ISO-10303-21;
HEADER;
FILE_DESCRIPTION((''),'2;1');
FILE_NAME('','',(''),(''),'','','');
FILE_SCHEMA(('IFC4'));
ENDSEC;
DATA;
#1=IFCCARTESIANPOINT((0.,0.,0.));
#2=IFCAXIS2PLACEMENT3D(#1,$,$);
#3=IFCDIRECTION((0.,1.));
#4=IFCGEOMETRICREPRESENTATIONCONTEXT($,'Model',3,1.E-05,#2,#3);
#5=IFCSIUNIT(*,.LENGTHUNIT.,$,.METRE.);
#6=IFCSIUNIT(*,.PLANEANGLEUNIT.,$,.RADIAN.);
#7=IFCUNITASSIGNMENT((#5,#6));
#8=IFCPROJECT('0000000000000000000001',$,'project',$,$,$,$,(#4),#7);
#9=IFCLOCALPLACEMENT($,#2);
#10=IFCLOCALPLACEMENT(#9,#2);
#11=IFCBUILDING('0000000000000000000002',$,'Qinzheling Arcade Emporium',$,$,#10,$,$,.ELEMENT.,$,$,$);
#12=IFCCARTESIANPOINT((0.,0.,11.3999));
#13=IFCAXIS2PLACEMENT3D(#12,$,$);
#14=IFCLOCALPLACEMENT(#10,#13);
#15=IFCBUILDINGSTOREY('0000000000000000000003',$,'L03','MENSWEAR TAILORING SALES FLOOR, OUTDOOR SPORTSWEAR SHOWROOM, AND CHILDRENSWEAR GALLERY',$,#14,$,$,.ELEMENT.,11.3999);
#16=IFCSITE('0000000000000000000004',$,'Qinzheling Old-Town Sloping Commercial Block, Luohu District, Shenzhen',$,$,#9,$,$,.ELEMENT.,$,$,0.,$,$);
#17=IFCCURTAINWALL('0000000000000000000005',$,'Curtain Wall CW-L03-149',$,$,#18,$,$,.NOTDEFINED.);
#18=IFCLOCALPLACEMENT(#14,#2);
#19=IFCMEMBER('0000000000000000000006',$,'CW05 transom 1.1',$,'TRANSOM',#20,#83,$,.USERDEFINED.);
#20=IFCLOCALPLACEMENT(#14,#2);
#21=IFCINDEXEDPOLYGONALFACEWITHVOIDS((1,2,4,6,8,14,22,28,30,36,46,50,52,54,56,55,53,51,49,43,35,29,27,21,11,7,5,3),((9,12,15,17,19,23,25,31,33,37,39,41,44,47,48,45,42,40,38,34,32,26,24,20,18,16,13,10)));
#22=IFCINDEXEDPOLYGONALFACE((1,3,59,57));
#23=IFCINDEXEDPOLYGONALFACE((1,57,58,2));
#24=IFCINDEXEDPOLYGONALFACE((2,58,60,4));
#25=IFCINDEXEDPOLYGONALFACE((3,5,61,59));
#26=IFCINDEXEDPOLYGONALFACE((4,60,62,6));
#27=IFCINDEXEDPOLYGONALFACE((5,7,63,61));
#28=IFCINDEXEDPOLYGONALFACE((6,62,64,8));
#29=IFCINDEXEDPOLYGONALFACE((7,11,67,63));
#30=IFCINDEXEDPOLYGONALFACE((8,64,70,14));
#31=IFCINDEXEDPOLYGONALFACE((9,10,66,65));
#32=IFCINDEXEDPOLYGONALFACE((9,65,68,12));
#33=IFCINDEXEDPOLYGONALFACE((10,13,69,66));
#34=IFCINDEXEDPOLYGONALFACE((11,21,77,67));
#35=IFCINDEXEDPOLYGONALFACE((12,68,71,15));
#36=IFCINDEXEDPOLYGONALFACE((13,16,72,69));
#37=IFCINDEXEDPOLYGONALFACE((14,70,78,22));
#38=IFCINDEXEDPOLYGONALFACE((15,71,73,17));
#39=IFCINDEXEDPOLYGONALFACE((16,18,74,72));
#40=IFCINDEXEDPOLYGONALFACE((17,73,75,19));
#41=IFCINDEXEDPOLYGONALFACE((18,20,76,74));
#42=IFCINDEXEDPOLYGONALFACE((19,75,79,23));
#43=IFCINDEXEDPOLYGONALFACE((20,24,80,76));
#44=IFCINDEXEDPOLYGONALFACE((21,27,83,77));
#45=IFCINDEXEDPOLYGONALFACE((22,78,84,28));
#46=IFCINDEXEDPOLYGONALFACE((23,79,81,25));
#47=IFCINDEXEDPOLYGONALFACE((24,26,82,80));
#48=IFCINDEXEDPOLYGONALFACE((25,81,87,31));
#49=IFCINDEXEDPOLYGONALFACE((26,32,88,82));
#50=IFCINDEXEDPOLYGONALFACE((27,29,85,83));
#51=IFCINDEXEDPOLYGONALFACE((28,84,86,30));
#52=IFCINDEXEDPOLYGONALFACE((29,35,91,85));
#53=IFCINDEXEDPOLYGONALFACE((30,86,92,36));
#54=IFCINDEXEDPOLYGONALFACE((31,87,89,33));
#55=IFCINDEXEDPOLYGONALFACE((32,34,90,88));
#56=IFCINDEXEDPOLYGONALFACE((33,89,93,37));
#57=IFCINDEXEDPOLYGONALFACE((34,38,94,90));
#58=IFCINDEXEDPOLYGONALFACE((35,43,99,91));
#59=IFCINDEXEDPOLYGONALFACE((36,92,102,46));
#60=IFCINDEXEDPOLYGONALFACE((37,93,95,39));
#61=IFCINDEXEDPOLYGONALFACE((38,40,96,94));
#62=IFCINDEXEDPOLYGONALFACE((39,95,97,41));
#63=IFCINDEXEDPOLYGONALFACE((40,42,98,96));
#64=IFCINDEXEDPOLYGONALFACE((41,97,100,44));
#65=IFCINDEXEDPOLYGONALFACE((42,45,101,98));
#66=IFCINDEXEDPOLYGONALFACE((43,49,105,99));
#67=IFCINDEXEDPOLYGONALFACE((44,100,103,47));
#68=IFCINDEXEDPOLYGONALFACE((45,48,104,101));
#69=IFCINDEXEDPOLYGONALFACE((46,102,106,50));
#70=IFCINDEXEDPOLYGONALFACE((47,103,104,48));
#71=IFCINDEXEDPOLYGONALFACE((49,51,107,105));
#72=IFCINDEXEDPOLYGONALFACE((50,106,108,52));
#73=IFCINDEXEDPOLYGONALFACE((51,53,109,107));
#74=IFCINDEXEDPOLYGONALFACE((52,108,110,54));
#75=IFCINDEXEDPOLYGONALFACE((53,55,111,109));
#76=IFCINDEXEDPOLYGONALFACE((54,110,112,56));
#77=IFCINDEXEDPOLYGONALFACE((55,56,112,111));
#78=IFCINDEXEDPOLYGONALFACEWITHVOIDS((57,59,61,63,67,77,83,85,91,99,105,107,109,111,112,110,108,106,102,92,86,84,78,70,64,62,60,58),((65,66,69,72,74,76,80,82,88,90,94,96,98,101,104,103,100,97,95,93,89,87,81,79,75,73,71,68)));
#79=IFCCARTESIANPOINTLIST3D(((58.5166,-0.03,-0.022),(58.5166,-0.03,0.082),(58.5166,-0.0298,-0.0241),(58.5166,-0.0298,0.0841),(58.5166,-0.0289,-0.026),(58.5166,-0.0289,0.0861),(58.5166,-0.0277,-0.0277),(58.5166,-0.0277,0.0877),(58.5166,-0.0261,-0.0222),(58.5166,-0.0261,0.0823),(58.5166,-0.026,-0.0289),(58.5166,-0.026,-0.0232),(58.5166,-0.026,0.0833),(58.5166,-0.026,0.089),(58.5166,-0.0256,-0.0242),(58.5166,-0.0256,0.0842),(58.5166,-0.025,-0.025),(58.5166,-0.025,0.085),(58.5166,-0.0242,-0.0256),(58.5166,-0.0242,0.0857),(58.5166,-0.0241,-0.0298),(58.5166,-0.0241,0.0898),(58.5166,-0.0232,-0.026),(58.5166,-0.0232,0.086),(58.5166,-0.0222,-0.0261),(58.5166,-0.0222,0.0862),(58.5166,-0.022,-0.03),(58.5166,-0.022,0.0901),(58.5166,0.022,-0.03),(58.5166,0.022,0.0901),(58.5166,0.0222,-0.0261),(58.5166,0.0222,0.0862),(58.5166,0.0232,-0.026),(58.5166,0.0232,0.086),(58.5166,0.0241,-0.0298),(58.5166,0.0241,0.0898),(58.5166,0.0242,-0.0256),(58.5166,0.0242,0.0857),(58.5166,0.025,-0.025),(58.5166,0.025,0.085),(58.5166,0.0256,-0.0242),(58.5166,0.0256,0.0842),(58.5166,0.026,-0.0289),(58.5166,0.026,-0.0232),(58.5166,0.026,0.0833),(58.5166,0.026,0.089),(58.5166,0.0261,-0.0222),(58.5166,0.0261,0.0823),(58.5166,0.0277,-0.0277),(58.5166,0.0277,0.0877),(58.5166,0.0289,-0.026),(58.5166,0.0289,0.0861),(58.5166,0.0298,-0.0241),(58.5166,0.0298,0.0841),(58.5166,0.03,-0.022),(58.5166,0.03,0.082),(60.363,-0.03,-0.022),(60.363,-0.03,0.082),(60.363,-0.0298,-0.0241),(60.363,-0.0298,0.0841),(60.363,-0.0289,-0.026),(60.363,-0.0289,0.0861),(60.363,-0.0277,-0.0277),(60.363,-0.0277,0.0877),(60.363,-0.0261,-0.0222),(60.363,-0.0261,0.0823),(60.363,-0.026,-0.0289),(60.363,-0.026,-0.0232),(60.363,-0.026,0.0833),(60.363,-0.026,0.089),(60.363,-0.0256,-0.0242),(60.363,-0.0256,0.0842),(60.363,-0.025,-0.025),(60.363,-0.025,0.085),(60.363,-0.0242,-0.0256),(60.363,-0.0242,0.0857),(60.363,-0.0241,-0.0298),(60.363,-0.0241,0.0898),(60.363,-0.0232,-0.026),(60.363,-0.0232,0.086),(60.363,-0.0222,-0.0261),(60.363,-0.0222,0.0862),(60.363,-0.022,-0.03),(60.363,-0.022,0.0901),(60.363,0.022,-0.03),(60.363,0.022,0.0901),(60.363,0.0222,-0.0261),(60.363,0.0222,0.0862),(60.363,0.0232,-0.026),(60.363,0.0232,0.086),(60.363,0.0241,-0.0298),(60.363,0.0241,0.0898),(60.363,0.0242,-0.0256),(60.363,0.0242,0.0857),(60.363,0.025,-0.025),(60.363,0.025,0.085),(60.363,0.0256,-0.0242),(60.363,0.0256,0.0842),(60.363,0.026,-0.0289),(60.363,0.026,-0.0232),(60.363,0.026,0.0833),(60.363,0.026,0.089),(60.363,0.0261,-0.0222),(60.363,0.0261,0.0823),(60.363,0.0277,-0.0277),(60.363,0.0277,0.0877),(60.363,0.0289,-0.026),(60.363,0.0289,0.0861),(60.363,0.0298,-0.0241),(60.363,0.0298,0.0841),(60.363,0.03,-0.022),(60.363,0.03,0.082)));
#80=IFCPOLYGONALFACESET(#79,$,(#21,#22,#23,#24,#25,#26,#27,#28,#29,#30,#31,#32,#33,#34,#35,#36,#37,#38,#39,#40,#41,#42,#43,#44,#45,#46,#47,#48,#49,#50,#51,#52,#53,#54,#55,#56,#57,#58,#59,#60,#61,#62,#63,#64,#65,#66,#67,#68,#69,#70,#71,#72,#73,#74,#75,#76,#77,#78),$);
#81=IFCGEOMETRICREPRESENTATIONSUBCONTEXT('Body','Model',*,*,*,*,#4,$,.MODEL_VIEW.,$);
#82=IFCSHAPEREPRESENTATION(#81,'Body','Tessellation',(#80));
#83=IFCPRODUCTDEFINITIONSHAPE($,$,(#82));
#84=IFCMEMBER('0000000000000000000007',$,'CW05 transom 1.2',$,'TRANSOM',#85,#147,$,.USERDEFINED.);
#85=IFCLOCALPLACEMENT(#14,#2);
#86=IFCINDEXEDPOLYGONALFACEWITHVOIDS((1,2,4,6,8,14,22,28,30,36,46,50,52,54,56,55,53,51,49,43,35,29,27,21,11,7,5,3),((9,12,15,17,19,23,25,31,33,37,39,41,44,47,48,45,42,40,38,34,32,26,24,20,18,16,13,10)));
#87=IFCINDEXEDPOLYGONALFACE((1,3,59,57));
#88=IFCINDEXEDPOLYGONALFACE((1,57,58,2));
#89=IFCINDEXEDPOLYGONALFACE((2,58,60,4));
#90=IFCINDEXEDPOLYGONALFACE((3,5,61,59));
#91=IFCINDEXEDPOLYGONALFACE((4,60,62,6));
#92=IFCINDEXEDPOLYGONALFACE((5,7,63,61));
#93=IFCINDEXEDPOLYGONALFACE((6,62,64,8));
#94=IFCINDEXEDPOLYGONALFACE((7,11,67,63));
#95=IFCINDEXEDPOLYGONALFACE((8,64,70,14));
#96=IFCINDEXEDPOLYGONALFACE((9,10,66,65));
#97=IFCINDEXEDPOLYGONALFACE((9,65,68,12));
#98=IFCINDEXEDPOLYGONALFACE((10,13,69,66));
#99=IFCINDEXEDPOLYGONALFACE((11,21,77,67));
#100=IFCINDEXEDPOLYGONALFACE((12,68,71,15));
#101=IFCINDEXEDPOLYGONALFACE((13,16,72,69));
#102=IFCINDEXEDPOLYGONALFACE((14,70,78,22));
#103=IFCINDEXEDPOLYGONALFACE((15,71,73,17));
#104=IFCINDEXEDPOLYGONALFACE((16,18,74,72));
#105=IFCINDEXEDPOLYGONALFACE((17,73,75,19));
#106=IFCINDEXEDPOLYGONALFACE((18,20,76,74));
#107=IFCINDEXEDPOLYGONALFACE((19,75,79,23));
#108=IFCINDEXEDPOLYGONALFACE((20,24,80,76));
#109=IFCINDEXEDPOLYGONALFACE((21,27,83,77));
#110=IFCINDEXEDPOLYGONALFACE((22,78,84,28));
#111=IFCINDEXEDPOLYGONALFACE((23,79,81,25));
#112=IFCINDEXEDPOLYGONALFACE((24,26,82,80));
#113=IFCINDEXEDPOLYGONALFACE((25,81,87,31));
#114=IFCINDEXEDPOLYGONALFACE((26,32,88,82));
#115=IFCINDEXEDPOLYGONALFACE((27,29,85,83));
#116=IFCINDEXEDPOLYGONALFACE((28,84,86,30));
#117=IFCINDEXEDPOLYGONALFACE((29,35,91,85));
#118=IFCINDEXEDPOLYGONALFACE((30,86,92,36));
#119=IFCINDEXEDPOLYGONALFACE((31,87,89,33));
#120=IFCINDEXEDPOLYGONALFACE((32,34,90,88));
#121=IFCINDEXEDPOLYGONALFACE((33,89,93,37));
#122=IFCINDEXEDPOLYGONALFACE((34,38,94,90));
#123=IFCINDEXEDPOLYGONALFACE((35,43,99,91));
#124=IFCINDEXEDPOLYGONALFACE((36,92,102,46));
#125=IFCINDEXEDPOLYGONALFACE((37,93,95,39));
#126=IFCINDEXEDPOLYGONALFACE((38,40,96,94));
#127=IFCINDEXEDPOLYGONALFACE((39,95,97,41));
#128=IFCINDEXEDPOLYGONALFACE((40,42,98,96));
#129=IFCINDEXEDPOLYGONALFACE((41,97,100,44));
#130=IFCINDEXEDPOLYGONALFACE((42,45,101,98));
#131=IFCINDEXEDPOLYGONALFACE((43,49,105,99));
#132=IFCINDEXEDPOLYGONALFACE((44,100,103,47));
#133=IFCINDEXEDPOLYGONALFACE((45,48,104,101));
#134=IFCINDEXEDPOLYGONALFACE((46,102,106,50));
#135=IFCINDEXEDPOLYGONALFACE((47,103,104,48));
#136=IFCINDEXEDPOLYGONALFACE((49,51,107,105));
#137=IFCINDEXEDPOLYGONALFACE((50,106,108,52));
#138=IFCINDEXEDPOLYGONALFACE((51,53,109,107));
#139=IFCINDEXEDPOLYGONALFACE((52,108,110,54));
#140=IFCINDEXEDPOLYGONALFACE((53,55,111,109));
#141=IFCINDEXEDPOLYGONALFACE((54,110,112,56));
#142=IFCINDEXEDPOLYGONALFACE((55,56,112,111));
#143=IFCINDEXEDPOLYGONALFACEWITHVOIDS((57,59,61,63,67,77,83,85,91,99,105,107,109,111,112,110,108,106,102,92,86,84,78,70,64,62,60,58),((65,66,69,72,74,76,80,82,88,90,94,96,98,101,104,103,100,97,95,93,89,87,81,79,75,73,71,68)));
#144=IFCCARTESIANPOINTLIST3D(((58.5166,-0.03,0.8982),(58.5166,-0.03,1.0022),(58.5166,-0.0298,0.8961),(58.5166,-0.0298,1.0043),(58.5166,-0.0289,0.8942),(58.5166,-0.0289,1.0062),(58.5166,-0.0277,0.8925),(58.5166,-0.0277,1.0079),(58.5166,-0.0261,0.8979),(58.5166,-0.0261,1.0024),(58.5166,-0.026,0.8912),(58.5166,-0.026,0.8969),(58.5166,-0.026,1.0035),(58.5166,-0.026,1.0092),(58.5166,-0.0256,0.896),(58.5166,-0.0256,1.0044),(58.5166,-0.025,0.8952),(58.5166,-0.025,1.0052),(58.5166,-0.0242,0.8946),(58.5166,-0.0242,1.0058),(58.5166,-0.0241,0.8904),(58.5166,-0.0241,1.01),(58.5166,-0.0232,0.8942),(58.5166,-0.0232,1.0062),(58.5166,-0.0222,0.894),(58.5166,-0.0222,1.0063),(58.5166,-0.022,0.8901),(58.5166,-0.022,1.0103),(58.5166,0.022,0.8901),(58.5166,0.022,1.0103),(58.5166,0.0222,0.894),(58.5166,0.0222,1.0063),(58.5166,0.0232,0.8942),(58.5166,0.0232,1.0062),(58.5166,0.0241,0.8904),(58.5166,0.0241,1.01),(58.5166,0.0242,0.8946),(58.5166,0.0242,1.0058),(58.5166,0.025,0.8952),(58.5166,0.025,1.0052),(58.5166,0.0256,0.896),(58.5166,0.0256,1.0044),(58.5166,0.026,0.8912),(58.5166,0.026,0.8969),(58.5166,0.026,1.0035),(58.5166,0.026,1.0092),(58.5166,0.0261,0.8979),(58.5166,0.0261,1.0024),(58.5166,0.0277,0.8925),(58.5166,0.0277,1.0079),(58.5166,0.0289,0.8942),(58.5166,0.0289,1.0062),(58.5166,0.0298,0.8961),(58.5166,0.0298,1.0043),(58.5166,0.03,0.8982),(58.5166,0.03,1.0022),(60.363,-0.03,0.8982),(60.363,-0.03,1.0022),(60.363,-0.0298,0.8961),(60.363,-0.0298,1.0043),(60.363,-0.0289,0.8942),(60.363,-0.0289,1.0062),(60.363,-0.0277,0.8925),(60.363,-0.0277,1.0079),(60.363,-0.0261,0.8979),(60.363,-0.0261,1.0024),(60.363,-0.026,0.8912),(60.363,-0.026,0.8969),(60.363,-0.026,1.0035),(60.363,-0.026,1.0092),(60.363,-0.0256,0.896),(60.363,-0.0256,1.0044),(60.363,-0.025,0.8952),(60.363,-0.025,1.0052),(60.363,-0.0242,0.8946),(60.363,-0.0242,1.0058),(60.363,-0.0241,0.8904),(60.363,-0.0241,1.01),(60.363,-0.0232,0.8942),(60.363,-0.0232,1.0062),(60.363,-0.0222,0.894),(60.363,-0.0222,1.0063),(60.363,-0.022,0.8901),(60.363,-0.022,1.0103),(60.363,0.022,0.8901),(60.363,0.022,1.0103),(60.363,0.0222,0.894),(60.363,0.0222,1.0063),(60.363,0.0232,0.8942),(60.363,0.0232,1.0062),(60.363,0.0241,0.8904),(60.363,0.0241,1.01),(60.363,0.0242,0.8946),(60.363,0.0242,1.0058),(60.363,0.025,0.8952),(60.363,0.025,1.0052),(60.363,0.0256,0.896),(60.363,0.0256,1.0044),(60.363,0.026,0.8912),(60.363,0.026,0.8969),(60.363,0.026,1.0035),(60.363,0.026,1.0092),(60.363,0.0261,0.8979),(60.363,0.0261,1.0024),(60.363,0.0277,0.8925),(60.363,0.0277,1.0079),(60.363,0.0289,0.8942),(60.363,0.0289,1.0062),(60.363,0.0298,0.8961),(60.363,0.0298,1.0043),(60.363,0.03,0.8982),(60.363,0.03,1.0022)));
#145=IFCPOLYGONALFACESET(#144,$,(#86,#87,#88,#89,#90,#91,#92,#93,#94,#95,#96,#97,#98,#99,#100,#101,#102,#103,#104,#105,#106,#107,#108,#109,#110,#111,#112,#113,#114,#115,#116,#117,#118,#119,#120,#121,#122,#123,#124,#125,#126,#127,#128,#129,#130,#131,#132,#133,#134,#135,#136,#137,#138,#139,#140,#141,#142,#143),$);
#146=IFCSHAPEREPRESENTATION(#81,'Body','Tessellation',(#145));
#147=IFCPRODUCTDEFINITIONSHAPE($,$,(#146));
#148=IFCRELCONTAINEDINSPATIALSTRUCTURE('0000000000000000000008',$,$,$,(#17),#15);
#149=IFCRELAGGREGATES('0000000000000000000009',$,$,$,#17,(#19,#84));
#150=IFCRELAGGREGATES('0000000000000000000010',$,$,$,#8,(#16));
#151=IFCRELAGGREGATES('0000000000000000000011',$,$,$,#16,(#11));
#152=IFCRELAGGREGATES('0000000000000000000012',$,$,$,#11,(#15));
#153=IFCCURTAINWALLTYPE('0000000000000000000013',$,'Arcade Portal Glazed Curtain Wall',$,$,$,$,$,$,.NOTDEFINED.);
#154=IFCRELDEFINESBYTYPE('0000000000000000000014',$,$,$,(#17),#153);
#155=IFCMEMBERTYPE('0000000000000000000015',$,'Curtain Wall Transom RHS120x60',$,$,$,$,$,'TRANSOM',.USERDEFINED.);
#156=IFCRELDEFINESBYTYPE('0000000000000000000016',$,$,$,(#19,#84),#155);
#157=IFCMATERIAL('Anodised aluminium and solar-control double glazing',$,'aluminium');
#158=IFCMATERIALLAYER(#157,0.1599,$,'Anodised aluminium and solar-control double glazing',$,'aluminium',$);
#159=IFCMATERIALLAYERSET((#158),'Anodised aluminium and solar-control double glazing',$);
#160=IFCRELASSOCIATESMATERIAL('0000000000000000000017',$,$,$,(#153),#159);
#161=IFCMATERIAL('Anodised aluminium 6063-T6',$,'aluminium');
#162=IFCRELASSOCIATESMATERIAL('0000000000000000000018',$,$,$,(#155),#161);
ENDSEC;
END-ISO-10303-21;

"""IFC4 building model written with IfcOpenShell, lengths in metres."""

from ifc_helpers import new_model, si_unit, direction, frame, origin, origin_2d, place, context, subcontext, project, spatial, hollow_rectangle, extrude, material, layer, layer_set, material_profile, profile_set, type_object, element, aggregate, save


model = new_model("IFC4")

# Units and contexts
model_context = context("Model", 3, precision=1e-05, world=origin(), true_north=direction((0.0, 1.0)))
body_context = subcontext(model_context, "Body", "Model", "MODEL_VIEW")
ifc_project = project(units=[si_unit("LENGTHUNIT", "METRE"), si_unit("PLANEANGLEUNIT", "RADIAN")], contexts=[model_context])

# Site, building, storey
site_placement = place(None, origin())
site = spatial("IfcSite", under=ifc_project, at=site_placement, Name="Qinzheling Old-Town Sloping Commercial Block, Luohu District, Shenzhen", CompositionType="ELEMENT", RefElevation=0.0)
building_placement = place(site_placement, origin())
building = spatial("IfcBuilding", under=site, at=building_placement, Name="Qinzheling Arcade Emporium", CompositionType="ELEMENT")
storey_placement = place(building_placement, frame((0.0, 0.0, 11.3999)))
storey = spatial("IfcBuildingStorey", under=building, at=storey_placement, Name="L03", Description="MENSWEAR TAILORING SALES FLOOR, OUTDOOR SPORTSWEAR SHOWROOM, AND CHILDRENSWEAR GALLERY", CompositionType="ELEMENT", Elevation=11.3999)

# Curtain wall
ifc_material_1 = material(Name="Anodised aluminium and solar-control double glazing", Category="aluminium")
ifc_layer_1 = layer(ifc_material_1, 0.1599, Name="Anodised aluminium and solar-control double glazing", Category="aluminium")
ifc_layer_set_1 = layer_set([ifc_layer_1], Name="Anodised aluminium and solar-control double glazing")
curtain_wall_type = type_object("IfcCurtainWallType", Name="Arcade Portal Glazed Curtain Wall", PredefinedType="NOTDEFINED", material=ifc_layer_set_1)
curtain_wall_1_placement = place(storey_placement, origin())
curtain_wall_1 = element("IfcCurtainWall", 1, at=curtain_wall_1_placement, inside=storey, type_object=curtain_wall_type, Name="Curtain Wall CW-L03-149", PredefinedType="NOTDEFINED")
ifc_material_2 = material(Name="Anodised aluminium 6063-T6", Category="aluminium")

# Members
ifc_material_profile_1 = material_profile(ifc_material_2, hollow_rectangle(XDim=0.0601, YDim=0.1201, WallThickness=0.0039, InnerFilletRadius=0.0039, OuterFilletRadius=0.0081, at=origin_2d()), Name="RHS 120x60x4", Category="aluminium")
ifc_profile_set_1 = profile_set([ifc_material_profile_1], Name="Anodised aluminium 6063-T6")
member_type_1 = type_object("IfcMemberType", Name="Curtain Wall Transom RHS120x60", ElementType="TRANSOM", PredefinedType="USERDEFINED", material=ifc_profile_set_1)
member_1_placement = place(storey_placement, frame((60.363, 0.0, 0.03), z_axis=(-1.0, 0.0, 0.0), x_axis=(0.0, -1.0, 0.0)))
member_1 = element("IfcMember", 2, at=member_1_placement, type_object=member_type_1, Name="CW05 transom 1.1", ObjectType="TRANSOM", PredefinedType="USERDEFINED", context=body_context, shape_type="SweptSolid", body=[
    extrude(hollow_rectangle(XDim=0.0601, YDim=0.1201, WallThickness=0.0039, InnerFilletRadius=0.0039, OuterFilletRadius=0.0081, at=origin_2d()), origin(), (0.0, 0.0, 1.0), 1.8464),
])
member_2_placement = place(storey_placement, frame((60.363, 0.0, 0.9502), z_axis=(-1.0, 0.0, 0.0), x_axis=(0.0, -1.0, 0.0)))
member_2 = element("IfcMember", 3, at=member_2_placement, type_object=member_type_1, Name="CW05 transom 1.2", ObjectType="TRANSOM", PredefinedType="USERDEFINED", context=body_context, shape_type="SweptSolid", body=[
    extrude(hollow_rectangle(XDim=0.0601, YDim=0.1201, WallThickness=0.0039, InnerFilletRadius=0.0039, OuterFilletRadius=0.0081, at=origin_2d()), origin(), (0.0, 0.0, 1.0), 1.8464),
])

aggregate(curtain_wall_1, [member_1, member_2])

save(model, "model.ifc")
